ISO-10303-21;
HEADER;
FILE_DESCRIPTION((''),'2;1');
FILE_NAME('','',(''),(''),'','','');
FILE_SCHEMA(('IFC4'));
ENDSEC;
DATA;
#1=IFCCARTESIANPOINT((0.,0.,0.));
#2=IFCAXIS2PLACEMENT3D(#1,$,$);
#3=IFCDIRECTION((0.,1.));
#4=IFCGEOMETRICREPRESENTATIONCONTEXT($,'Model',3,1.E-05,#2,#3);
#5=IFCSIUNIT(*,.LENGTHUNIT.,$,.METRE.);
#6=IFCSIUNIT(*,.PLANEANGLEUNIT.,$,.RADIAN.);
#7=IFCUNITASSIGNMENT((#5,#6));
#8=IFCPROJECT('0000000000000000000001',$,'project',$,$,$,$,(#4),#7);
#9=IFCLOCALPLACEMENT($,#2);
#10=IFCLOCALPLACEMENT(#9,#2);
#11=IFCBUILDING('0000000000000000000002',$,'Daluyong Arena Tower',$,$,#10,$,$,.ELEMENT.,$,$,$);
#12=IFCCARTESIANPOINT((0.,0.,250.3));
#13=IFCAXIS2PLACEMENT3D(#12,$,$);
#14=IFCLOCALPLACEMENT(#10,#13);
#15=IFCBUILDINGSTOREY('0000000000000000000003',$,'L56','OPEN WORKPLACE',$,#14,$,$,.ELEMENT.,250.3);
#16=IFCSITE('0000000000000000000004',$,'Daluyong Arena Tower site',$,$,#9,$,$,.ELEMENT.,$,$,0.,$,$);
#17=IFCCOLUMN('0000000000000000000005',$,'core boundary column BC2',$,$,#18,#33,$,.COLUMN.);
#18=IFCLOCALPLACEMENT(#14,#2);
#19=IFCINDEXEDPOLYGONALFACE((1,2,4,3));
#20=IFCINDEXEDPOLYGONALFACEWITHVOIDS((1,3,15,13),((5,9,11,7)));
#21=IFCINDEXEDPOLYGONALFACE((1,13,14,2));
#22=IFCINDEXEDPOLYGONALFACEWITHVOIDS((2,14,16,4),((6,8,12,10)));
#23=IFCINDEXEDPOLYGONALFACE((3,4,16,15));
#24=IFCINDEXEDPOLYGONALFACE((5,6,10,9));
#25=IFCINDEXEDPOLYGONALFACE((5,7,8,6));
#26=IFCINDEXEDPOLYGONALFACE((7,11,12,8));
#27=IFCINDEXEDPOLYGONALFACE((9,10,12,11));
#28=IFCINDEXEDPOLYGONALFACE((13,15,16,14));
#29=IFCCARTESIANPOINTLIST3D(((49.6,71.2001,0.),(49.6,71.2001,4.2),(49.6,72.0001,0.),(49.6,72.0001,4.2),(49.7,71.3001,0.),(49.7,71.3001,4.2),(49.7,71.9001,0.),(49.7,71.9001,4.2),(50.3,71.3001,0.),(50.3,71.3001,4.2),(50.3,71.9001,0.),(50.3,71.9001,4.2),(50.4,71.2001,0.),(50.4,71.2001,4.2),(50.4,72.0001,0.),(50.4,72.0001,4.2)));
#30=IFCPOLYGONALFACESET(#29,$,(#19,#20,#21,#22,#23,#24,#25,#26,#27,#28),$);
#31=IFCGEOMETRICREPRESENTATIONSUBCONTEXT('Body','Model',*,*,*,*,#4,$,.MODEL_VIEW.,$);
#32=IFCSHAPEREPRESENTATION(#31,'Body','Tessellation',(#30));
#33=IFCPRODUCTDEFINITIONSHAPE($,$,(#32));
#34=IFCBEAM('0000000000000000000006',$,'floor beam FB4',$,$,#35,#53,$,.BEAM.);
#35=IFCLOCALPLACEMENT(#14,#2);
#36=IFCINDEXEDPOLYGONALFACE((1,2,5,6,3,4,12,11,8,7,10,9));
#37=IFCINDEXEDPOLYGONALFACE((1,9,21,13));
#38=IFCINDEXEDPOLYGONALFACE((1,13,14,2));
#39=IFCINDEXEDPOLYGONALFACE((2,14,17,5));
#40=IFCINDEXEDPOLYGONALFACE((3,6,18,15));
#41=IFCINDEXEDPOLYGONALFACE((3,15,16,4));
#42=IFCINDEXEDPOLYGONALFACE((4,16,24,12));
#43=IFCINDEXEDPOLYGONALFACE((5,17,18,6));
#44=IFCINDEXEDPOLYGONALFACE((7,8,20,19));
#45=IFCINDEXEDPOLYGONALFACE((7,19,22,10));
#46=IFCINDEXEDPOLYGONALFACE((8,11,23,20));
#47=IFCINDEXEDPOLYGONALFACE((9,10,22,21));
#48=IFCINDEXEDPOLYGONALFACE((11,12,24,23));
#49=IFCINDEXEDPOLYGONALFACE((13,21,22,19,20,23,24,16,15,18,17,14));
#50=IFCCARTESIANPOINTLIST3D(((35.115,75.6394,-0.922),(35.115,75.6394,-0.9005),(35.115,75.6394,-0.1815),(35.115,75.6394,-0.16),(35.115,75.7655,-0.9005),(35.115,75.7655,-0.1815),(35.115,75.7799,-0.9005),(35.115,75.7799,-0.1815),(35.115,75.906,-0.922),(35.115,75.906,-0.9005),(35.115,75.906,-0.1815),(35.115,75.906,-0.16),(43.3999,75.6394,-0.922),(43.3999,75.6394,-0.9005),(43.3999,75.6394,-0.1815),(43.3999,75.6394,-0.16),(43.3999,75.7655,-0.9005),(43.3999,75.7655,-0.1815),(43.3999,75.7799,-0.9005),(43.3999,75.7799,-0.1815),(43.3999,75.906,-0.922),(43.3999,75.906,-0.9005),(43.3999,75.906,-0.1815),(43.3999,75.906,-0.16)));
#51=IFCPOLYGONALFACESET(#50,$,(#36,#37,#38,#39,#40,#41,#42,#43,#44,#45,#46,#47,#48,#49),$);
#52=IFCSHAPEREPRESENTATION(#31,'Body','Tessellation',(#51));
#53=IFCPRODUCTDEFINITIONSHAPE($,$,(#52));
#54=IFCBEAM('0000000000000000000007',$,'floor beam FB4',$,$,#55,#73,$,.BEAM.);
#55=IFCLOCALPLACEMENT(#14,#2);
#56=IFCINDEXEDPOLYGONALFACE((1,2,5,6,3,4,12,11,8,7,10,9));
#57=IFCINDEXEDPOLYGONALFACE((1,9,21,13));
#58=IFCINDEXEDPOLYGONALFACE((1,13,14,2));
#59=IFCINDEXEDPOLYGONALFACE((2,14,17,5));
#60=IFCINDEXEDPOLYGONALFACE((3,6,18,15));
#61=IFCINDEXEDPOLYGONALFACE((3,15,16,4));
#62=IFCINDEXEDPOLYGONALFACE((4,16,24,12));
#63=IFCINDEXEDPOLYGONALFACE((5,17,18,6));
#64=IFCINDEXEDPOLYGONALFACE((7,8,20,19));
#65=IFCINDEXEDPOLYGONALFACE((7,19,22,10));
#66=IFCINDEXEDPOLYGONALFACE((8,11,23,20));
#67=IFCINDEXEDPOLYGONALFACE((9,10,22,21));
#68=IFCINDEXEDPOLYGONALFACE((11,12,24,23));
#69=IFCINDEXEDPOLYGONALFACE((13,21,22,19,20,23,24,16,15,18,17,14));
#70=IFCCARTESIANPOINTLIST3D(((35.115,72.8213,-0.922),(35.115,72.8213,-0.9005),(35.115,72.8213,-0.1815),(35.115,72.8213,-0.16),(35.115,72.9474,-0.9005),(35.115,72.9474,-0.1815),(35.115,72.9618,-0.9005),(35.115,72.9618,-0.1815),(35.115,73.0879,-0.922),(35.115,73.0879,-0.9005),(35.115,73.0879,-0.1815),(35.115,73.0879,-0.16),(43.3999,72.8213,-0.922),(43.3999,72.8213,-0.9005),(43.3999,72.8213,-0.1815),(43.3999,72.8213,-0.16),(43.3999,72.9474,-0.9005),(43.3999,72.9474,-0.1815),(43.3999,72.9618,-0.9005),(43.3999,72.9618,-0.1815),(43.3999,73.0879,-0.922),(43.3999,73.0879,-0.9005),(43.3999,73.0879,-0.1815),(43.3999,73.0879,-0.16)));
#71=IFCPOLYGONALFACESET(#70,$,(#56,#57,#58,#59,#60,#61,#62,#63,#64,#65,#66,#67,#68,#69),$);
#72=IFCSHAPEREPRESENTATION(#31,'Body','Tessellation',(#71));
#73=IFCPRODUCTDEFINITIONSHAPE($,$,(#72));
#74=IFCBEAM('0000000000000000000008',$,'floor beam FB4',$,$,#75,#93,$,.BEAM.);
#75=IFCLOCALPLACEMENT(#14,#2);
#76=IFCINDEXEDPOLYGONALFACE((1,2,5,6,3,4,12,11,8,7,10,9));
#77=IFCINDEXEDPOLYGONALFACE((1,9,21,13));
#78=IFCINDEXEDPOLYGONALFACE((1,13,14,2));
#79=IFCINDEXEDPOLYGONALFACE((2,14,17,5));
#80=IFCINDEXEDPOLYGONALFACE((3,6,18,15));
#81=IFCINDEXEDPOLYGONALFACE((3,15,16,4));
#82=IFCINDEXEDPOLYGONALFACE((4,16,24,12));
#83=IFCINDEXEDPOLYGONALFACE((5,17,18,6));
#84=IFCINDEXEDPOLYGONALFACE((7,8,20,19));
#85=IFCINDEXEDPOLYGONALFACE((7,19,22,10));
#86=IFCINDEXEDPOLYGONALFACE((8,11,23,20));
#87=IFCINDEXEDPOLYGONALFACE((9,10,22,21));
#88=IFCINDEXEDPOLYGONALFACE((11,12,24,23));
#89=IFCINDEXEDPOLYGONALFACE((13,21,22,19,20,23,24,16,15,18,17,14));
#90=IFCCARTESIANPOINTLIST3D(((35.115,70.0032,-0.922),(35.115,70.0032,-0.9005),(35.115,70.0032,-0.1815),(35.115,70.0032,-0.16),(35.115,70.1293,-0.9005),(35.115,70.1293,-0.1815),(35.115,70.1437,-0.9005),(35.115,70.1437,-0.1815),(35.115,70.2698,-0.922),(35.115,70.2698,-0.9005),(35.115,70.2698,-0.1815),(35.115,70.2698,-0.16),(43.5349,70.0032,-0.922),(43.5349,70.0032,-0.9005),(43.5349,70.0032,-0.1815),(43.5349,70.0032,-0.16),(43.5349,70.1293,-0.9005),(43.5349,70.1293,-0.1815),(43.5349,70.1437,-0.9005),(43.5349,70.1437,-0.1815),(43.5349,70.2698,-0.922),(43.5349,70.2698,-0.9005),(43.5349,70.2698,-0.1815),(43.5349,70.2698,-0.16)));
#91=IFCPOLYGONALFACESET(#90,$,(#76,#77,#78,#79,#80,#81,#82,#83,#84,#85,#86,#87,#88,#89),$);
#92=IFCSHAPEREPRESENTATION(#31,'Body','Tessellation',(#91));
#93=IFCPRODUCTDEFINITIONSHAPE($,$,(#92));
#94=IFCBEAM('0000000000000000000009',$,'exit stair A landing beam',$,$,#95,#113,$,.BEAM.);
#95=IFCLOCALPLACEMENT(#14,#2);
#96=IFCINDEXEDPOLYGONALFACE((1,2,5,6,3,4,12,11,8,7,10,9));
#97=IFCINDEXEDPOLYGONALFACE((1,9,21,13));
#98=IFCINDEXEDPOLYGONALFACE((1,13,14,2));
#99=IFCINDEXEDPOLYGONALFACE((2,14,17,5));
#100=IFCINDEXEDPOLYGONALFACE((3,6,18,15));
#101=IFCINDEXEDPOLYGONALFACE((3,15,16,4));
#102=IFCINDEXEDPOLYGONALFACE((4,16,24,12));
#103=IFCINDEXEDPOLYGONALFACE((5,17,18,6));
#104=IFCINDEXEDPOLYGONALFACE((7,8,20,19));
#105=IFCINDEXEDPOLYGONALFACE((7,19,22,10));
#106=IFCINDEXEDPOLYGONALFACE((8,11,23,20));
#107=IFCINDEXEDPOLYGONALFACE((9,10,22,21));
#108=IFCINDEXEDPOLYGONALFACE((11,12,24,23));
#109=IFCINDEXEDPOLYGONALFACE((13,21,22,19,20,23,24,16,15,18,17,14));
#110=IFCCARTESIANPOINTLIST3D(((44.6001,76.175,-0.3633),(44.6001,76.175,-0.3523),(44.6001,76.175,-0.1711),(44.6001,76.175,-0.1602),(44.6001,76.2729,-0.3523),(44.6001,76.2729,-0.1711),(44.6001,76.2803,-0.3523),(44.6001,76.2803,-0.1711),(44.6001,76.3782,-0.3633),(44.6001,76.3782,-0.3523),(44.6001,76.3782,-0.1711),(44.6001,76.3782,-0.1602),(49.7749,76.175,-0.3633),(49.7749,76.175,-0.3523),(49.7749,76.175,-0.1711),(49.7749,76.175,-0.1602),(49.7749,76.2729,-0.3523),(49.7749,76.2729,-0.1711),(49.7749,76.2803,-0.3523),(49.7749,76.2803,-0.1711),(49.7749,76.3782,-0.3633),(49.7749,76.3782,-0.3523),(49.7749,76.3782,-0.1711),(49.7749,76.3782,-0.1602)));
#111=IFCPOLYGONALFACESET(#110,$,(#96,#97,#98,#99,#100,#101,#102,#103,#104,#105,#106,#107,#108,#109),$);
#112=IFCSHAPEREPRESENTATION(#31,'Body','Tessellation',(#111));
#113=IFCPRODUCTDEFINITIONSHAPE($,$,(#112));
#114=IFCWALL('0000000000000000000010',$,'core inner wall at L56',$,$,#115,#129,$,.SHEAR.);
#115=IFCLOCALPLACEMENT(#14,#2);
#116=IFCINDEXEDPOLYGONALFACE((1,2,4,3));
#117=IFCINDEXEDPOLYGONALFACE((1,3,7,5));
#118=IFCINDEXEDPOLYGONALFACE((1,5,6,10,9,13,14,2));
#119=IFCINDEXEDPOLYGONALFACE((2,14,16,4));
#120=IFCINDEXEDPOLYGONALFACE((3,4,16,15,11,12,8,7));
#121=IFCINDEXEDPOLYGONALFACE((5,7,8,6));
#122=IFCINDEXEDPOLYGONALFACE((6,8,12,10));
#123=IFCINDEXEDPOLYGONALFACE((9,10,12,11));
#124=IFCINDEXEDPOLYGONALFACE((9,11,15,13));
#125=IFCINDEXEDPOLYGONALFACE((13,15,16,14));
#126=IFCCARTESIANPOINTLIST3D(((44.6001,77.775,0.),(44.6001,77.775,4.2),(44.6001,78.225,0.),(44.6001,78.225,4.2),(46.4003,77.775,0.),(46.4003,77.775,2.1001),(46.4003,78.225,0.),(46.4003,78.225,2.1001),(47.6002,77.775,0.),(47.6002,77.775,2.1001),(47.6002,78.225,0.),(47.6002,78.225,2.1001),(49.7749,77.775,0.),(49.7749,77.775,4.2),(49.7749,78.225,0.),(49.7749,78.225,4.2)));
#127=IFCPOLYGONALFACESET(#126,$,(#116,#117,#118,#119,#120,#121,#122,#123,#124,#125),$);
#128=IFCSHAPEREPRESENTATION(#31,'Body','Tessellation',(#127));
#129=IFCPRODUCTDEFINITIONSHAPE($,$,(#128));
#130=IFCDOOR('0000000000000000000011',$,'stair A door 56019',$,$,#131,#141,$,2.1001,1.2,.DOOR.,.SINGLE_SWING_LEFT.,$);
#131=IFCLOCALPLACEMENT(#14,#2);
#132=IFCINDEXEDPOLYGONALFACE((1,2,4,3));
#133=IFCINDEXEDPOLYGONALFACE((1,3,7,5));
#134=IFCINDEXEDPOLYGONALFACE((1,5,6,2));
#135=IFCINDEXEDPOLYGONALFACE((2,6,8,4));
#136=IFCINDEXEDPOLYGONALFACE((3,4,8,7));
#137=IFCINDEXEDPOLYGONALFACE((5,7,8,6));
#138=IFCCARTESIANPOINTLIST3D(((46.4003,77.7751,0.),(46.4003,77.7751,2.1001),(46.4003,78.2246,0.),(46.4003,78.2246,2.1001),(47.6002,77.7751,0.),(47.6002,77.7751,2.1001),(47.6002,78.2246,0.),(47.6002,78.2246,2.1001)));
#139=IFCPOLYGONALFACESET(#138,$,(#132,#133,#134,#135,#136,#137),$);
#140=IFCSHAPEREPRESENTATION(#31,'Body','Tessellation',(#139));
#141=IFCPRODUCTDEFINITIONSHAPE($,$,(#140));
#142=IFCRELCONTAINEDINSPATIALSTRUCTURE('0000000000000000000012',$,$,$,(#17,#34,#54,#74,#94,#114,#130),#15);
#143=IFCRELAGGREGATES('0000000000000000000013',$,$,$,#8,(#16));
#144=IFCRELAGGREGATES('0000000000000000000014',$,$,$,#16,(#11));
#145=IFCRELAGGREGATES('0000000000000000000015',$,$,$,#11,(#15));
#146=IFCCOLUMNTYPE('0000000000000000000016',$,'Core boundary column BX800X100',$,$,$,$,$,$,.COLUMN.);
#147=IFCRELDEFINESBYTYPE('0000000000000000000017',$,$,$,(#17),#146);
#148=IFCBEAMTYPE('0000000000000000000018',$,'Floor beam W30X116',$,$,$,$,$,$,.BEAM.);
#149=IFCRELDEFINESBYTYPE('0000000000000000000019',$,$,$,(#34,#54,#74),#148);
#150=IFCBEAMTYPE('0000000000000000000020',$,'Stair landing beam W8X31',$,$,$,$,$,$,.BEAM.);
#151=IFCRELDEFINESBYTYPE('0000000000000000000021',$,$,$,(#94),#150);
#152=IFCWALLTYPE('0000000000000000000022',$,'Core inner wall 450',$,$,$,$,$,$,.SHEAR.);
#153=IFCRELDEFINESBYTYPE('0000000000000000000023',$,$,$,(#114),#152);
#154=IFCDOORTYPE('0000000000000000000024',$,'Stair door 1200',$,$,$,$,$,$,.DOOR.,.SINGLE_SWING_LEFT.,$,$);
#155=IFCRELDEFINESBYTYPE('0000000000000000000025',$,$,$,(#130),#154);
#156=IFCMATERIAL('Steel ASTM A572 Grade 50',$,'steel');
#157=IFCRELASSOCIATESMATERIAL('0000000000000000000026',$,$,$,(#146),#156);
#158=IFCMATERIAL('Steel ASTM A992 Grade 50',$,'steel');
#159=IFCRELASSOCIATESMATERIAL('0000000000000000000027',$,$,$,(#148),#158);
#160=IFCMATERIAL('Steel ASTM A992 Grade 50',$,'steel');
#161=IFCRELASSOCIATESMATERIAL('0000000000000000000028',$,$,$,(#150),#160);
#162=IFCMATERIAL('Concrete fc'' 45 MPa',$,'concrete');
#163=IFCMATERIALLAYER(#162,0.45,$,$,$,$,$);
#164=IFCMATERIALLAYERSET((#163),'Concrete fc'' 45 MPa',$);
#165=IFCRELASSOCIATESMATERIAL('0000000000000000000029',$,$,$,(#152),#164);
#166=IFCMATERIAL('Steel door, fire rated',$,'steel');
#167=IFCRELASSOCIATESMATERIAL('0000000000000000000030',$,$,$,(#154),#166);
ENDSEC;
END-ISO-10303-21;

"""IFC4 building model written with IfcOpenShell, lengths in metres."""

from ifc_helpers import new_model, si_unit, direction, frame, frame_2d, origin, origin_2d, place, context, subcontext, project, spatial, rectangle, hollow_rectangle, i_section, extrude, material, layer, layer_set, material_profile, profile_set, type_object, element, fill, save


model = new_model("IFC4")

# Units and contexts
model_context = context("Model", 3, precision=1e-05, world=origin(), true_north=direction((0.0, 1.0)))
body_context = subcontext(model_context, "Body", "Model", "MODEL_VIEW")
ifc_project = project(units=[si_unit("LENGTHUNIT", "METRE"), si_unit("PLANEANGLEUNIT", "RADIAN")], contexts=[model_context])

# Site, building, storey
site_placement = place(None, origin())
site = spatial("IfcSite", under=ifc_project, at=site_placement, Name="Daluyong Arena Tower site", CompositionType="ELEMENT", RefElevation=0.0)
building_placement = place(site_placement, origin())
building = spatial("IfcBuilding", under=site, at=building_placement, Name="Daluyong Arena Tower", CompositionType="ELEMENT")
storey_placement = place(building_placement, frame((0.0, 0.0, 250.3)))
storey = spatial("IfcBuildingStorey", under=building, at=storey_placement, Name="L56", Description="OPEN WORKPLACE", CompositionType="ELEMENT", Elevation=250.3)

# Column
ifc_material_1 = material(Name="Steel ASTM A572 Grade 50", Category="steel")
ifc_material_profile_1 = material_profile(ifc_material_1, hollow_rectangle(XDim=0.8, YDim=0.8, WallThickness=0.1, at=origin_2d()))
ifc_profile_set_1 = profile_set([ifc_material_profile_1], Name="Steel ASTM A572 Grade 50")
column_type = type_object("IfcColumnType", Name="Core boundary column BX800X100", PredefinedType="COLUMN", material=ifc_profile_set_1)
column_placement = place(storey_placement, frame((50.0, 71.6001, 0.0), z_axis=(0.0, 0.0, 1.0), x_axis=(1.0, 0.0, 0.0)))
element("IfcColumn", 1, at=column_placement, inside=storey, type_object=column_type, Name="core boundary column BC2", PredefinedType="COLUMN", context=body_context, shape_type="SweptSolid", body=[
    extrude(hollow_rectangle(XDim=0.8, YDim=0.8, WallThickness=0.1, at=origin_2d()), origin(), (0.0, 0.0, 1.0), 4.2),
])

# Beams
ifc_material_2 = material(Name="Steel ASTM A992 Grade 50", Category="steel")
ifc_material_profile_2 = material_profile(ifc_material_2, i_section(OverallWidth=0.2666, OverallDepth=0.762, WebThickness=0.0144, FlangeThickness=0.0215, at=origin_2d()))
ifc_profile_set_2 = profile_set([ifc_material_profile_2], Name="Steel ASTM A992 Grade 50")
beam_type_1 = type_object("IfcBeamType", Name="Floor beam W30X116", PredefinedType="BEAM", material=ifc_profile_set_2)
for number, where, z_axis, x_axis, name in (
    (2, (35.115, 75.7727, -0.541), (1.0, 0.0, 0.0), (0.0, 1.0, 0.0), "floor beam FB4"),
    (3, (35.115, 72.9546, -0.541), (1.0, 0.0, 0.0), (0.0, 1.0, 0.0), "floor beam FB4"),
):
    element("IfcBeam", number, at=place(storey_placement, frame(where, z_axis=z_axis, x_axis=x_axis)), inside=storey, type_object=beam_type_1, Name=name, PredefinedType="BEAM", context=body_context, shape_type="SweptSolid", body=[
        extrude(i_section(OverallWidth=0.2666, OverallDepth=0.762, WebThickness=0.0144, FlangeThickness=0.0215, at=origin_2d()), origin(), (0.0, 0.0, 1.0), 8.2849),
    ])
beam_1_placement = place(storey_placement, frame((35.115, 70.1365, -0.541), z_axis=(1.0, 0.0, 0.0), x_axis=(0.0, 1.0, 0.0)))
element("IfcBeam", 4, at=beam_1_placement, inside=storey, type_object=beam_type_1, Name="floor beam FB4", PredefinedType="BEAM", context=body_context, shape_type="SweptSolid", body=[
    extrude(i_section(OverallWidth=0.2666, OverallDepth=0.762, WebThickness=0.0144, FlangeThickness=0.0215, at=origin_2d()), origin(), (0.0, 0.0, 1.0), 8.4199),
])
ifc_material_3 = material(Name="Steel ASTM A992 Grade 50", Category="steel")
ifc_material_profile_3 = material_profile(ifc_material_3, i_section(OverallWidth=0.2031, OverallDepth=0.2031, WebThickness=0.0073, FlangeThickness=0.011, at=origin_2d()))
ifc_profile_set_3 = profile_set([ifc_material_profile_3], Name="Steel ASTM A992 Grade 50")
beam_type_2 = type_object("IfcBeamType", Name="Stair landing beam W8X31", PredefinedType="BEAM", material=ifc_profile_set_3)
beam_2_placement = place(storey_placement, frame((44.6001, 76.2766, -0.2617), z_axis=(1.0, 0.0, 0.0), x_axis=(0.0, 1.0, 0.0)))
element("IfcBeam", 5, at=beam_2_placement, inside=storey, type_object=beam_type_2, Name="exit stair A landing beam", PredefinedType="BEAM", context=body_context, shape_type="SweptSolid", body=[
    extrude(i_section(OverallWidth=0.2031, OverallDepth=0.2031, WebThickness=0.0073, FlangeThickness=0.011, at=origin_2d()), origin(), (0.0, 0.0, 1.0), 5.1748),
])

# Wall, opening, door
ifc_material_4 = material(Name="Concrete fc' 45 MPa", Category="concrete")
ifc_layer_1 = layer(ifc_material_4, 0.45)
ifc_layer_set_1 = layer_set([ifc_layer_1], Name="Concrete fc' 45 MPa")
wall_type_1 = type_object("IfcWallType", Name="Core inner wall 450", PredefinedType="SHEAR", material=ifc_layer_set_1)
wall_1_placement = place(storey_placement, frame((44.6001, 78.0, 0.0), z_axis=(0.0, 0.0, 1.0), x_axis=(1.0, 0.0, 0.0)))
wall_1 = element("IfcWall", 6, at=wall_1_placement, inside=storey, type_object=wall_type_1, Name="core inner wall at L56", PredefinedType="SHEAR", context=body_context, shape_type="SweptSolid", body=[
    extrude(rectangle(XDim=5.1748, YDim=0.45, at=frame_2d((2.5874, 0.0))), origin(), (0.0, 0.0, 1.0), 4.2),
])
opening_1_placement = place(wall_1_placement, frame((1.8, 0.0, 0.0)))
opening_1 = element("IfcOpeningElement", 7, at=opening_1_placement, cuts=wall_1, PredefinedType="OPENING", context=body_context, shape_type="SweptSolid", body=[
    extrude(rectangle(XDim=1.2, YDim=2.1001, at=frame_2d((0.6001, 1.05))), frame((0.0, 0.2349, 0.0), z_axis=(0.0, -1.0, 0.0), x_axis=(1.0, 0.0, 0.0)), (0.0, 0.0, 1.0), 0.47),
])
ifc_material_5 = material(Name="Steel door, fire rated", Category="steel")
door_type_1 = type_object("IfcDoorType", Name="Stair door 1200", OperationType="SINGLE_SWING_LEFT", PredefinedType="DOOR", material=ifc_material_5)
door_1_placement = place(opening_1_placement, origin())
door_1 = element("IfcDoor", 8, at=door_1_placement, inside=storey, type_object=door_type_1, Name="stair A door 56019", OperationType="SINGLE_SWING_LEFT", OverallHeight=2.1001, OverallWidth=1.2, PredefinedType="DOOR", context=body_context, shape_type="SweptSolid", body=[
    extrude(rectangle(XDim=1.2, YDim=2.1001, at=frame_2d((0.6001, 1.05))), frame((0.0, 0.2246, 0.0), z_axis=(0.0, -1.0, 0.0), x_axis=(1.0, 0.0, 0.0)), (0.0, 0.0, 1.0), 0.4495),
])
fill(opening_1, door_1)

save(model, "model.ifc")
